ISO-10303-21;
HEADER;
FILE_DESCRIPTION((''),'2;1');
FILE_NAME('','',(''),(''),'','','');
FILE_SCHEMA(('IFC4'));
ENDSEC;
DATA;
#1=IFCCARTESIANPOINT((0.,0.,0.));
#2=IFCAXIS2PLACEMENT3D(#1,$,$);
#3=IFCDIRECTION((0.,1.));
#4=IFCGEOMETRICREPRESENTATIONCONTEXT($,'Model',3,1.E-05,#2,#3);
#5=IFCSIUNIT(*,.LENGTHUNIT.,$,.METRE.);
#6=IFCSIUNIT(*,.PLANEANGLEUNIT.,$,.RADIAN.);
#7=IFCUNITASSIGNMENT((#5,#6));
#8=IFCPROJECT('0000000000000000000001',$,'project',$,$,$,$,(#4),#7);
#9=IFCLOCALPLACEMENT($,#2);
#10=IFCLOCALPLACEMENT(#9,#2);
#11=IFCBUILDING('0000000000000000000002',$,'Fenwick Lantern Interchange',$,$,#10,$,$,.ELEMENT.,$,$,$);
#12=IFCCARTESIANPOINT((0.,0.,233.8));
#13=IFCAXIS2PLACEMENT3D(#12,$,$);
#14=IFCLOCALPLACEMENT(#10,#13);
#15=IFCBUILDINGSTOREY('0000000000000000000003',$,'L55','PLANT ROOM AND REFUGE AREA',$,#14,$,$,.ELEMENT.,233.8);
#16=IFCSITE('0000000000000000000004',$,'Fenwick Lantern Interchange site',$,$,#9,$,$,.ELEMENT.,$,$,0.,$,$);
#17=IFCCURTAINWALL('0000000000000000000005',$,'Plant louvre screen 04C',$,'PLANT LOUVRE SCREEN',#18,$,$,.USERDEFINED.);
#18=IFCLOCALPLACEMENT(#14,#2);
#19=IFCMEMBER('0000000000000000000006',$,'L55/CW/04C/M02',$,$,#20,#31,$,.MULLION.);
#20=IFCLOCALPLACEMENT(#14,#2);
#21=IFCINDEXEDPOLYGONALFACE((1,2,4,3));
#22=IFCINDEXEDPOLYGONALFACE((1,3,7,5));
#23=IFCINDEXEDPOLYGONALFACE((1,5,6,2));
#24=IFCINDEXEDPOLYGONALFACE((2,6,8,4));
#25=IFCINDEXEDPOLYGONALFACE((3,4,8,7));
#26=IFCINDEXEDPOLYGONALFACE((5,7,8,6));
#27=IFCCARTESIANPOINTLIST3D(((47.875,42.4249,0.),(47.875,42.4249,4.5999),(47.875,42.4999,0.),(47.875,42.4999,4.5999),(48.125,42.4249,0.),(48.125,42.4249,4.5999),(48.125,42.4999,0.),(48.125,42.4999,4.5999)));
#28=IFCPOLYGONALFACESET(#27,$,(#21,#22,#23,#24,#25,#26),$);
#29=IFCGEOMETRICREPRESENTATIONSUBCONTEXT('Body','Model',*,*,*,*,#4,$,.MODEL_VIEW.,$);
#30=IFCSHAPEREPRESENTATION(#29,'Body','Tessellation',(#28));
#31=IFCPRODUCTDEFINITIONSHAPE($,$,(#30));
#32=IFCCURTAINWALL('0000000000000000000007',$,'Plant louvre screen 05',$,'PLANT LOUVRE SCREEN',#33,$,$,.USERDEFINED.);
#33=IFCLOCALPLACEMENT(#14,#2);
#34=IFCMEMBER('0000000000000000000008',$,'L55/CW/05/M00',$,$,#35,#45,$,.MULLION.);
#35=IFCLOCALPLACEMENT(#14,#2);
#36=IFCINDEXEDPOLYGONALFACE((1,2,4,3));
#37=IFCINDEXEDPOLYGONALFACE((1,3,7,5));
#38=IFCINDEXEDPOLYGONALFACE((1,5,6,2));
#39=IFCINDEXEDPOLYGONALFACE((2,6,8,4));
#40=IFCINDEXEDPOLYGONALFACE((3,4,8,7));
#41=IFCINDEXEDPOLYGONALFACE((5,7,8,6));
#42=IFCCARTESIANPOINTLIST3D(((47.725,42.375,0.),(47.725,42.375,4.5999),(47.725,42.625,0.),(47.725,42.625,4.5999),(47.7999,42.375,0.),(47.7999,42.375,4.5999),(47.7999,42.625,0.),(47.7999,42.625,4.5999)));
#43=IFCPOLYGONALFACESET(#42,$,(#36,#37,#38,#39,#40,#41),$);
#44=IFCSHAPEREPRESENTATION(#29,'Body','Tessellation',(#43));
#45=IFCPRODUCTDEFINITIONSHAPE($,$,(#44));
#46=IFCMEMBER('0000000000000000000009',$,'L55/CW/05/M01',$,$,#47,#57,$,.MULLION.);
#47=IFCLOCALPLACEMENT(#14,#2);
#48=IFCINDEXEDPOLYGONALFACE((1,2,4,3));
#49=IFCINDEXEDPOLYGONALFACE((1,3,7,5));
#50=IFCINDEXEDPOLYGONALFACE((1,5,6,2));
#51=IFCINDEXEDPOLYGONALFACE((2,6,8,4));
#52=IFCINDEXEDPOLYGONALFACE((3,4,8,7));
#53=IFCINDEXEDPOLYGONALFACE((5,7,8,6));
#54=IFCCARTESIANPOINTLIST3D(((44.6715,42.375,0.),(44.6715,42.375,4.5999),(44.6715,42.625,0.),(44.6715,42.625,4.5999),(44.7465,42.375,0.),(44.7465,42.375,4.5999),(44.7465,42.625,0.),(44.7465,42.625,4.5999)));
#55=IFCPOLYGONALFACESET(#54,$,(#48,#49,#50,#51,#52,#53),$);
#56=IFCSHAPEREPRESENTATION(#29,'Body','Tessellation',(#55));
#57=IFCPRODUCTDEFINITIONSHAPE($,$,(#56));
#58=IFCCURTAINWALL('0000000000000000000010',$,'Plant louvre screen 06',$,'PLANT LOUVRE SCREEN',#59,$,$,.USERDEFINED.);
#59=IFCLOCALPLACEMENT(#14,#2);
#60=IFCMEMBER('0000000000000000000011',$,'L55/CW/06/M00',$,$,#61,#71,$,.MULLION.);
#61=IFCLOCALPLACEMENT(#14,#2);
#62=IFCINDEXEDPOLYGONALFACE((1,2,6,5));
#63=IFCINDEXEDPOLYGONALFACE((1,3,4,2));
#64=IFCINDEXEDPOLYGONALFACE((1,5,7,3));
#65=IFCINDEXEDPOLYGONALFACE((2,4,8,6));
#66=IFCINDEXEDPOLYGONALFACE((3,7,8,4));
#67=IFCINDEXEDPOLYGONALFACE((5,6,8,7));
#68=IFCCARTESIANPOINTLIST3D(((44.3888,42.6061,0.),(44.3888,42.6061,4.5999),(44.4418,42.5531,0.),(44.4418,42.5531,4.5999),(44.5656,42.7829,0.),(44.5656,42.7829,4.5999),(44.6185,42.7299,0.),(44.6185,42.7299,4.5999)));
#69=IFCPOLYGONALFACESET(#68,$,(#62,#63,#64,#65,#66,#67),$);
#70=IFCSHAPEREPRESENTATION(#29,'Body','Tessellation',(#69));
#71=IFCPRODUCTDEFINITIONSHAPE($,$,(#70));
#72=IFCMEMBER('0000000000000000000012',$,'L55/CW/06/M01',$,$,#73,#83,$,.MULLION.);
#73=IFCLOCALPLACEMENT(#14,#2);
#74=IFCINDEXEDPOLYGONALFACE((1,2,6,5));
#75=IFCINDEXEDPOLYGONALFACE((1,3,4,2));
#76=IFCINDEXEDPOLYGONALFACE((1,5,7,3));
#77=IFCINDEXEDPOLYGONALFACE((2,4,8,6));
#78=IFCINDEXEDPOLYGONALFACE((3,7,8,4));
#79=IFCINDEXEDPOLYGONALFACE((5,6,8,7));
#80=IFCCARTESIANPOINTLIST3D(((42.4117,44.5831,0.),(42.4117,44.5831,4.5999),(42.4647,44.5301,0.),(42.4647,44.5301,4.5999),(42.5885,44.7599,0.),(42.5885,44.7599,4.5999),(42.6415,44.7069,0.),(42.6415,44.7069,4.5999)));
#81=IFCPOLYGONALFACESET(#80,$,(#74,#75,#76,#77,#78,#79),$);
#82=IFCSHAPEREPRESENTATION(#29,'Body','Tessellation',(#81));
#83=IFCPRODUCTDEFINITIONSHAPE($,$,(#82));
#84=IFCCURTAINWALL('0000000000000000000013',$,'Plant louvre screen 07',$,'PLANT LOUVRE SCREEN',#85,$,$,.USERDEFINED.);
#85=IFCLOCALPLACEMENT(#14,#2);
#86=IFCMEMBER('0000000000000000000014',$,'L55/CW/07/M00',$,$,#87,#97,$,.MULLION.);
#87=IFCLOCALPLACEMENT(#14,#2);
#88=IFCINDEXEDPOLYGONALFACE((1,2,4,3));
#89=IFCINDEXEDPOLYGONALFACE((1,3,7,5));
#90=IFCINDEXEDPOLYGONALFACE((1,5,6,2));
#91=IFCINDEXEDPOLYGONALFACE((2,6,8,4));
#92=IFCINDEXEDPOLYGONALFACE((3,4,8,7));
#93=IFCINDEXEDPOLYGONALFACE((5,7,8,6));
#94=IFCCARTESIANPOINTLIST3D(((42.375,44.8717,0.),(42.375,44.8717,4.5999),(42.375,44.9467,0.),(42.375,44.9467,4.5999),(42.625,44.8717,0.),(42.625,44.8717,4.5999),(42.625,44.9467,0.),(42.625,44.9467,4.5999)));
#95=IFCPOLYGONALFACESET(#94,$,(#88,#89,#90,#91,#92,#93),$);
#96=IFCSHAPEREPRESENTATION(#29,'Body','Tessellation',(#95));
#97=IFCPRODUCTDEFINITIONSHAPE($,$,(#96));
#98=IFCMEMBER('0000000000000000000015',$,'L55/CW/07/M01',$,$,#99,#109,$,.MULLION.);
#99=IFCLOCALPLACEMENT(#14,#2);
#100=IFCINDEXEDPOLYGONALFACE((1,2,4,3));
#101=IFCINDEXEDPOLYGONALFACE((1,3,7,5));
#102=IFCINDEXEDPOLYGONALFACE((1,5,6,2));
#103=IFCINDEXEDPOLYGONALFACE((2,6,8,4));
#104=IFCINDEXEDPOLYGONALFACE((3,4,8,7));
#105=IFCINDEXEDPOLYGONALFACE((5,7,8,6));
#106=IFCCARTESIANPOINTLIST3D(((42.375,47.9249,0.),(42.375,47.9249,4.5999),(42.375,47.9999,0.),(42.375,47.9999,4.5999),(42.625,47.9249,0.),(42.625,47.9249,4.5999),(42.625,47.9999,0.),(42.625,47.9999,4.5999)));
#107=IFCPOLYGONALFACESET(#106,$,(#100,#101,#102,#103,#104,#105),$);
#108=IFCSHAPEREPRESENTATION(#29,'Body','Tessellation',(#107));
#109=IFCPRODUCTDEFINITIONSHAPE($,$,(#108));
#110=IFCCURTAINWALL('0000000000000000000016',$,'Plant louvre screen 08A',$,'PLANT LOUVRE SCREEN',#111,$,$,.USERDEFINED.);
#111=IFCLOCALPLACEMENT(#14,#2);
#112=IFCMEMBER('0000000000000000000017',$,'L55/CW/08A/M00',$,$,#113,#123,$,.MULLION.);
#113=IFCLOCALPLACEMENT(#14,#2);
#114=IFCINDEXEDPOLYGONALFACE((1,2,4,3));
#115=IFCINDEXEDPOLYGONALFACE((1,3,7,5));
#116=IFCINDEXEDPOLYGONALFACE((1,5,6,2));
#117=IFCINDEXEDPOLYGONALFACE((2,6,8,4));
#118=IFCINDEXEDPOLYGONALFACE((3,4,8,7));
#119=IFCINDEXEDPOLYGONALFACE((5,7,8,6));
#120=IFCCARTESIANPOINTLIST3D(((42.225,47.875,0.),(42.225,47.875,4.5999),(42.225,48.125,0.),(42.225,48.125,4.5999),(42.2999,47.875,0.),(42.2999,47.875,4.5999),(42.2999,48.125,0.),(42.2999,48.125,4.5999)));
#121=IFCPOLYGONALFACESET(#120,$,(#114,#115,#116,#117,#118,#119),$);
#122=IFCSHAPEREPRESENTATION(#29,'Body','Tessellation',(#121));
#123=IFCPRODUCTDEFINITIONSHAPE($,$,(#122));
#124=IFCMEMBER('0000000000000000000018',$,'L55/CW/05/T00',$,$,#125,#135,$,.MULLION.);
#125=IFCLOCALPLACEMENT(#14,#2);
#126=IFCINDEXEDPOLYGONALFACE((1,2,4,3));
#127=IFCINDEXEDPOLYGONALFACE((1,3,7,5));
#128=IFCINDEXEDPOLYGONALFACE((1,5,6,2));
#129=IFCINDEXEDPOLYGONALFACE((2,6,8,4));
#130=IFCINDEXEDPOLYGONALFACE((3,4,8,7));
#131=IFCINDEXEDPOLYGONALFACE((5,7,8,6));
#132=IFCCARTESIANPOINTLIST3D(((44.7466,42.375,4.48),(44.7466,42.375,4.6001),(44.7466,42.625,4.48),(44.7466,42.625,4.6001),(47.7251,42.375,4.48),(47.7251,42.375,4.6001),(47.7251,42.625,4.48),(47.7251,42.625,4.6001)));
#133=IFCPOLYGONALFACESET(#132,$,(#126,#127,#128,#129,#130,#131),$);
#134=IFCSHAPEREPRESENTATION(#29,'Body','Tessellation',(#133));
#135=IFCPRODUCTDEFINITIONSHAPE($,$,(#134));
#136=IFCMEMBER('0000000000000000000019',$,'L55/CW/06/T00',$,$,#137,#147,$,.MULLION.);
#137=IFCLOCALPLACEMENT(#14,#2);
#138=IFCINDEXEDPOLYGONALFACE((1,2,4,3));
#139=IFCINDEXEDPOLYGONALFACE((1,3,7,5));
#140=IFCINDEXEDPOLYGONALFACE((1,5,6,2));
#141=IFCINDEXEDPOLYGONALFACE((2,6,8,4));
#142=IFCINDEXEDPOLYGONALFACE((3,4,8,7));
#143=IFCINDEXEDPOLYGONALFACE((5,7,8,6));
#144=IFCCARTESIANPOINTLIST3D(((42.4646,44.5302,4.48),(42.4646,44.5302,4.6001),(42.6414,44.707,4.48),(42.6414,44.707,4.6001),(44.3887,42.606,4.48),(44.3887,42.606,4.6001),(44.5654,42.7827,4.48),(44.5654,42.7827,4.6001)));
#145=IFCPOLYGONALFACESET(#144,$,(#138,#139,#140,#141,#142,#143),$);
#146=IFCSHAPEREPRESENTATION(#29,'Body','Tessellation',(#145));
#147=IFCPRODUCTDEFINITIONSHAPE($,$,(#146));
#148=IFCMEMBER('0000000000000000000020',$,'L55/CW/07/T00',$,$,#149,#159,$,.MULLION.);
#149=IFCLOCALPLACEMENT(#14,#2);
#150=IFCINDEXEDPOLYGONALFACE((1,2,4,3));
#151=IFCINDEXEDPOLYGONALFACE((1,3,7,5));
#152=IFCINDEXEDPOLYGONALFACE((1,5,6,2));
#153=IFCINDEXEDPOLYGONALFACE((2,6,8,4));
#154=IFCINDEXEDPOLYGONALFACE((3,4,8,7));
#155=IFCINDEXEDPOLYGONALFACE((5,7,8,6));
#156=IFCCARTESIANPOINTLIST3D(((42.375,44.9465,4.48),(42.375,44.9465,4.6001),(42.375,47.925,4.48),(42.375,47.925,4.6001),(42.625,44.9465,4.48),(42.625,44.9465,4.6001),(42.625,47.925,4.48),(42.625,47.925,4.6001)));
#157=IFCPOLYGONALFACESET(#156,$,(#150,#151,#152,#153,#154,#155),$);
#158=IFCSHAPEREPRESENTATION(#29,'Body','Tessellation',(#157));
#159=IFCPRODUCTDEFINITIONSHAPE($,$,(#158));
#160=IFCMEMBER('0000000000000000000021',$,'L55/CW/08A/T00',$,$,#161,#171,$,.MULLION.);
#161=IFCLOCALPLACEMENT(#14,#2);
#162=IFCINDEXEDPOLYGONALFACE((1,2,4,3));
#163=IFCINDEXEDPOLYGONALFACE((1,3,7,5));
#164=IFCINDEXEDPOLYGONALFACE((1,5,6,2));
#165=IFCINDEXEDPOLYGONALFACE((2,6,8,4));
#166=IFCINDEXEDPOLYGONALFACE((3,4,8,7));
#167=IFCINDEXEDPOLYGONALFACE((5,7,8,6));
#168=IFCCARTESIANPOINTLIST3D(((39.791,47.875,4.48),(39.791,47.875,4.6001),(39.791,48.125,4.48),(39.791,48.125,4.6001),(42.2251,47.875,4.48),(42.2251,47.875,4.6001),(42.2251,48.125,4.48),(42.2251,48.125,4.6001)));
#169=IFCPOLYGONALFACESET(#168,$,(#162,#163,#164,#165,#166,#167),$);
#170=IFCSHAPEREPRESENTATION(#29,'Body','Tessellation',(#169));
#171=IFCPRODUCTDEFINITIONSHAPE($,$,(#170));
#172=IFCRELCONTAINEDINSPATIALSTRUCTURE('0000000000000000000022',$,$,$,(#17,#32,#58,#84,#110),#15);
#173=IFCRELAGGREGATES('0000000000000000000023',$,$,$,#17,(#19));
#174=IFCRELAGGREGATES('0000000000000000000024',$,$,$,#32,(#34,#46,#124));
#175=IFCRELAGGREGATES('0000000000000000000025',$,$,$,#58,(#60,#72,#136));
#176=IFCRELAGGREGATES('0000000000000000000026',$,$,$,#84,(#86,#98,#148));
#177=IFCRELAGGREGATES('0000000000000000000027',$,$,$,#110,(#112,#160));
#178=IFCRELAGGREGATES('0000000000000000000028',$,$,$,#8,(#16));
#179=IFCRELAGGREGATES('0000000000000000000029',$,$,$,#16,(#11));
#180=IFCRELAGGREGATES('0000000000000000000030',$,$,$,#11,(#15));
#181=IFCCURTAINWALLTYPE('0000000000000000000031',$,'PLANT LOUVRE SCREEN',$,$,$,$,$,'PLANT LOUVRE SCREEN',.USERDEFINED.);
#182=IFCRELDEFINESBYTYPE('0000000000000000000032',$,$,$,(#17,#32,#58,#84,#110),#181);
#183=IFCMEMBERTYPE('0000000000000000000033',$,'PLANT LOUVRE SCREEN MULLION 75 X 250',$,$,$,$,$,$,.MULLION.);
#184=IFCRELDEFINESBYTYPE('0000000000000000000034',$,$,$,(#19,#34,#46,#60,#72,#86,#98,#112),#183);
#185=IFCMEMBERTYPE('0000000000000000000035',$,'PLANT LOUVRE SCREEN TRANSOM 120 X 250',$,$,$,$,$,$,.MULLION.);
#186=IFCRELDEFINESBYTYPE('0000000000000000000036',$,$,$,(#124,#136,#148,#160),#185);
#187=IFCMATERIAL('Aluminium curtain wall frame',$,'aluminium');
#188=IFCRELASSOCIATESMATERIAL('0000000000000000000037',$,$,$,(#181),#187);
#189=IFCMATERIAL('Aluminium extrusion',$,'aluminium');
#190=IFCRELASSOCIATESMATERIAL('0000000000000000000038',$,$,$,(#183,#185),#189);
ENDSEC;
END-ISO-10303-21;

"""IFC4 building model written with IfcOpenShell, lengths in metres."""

from ifc_helpers import new_model, si_unit, direction, frame, origin, origin_2d, place, context, subcontext, project, spatial, rectangle, extrude, material, material_profile, profile_set, type_object, element, aggregate, save


model = new_model("IFC4")

# Units and contexts
model_context = context("Model", 3, precision=1e-05, world=origin(), true_north=direction((0.0, 1.0)))
body_context = subcontext(model_context, "Body", "Model", "MODEL_VIEW")
ifc_project = project(units=[si_unit("LENGTHUNIT", "METRE"), si_unit("PLANEANGLEUNIT", "RADIAN")], contexts=[model_context])

# Site, building, storey
site_placement = place(None, origin())
site = spatial("IfcSite", under=ifc_project, at=site_placement, Name="Fenwick Lantern Interchange site", CompositionType="ELEMENT", RefElevation=0.0)
building_placement = place(site_placement, origin())
building = spatial("IfcBuilding", under=site, at=building_placement, Name="Fenwick Lantern Interchange", CompositionType="ELEMENT")
storey_placement = place(building_placement, frame((0.0, 0.0, 233.8)))
storey = spatial("IfcBuildingStorey", under=building, at=storey_placement, Name="L55", Description="PLANT ROOM AND REFUGE AREA", CompositionType="ELEMENT", Elevation=233.8)

# Curtain wall, member
ifc_material_1 = material(Name="Aluminium curtain wall frame", Category="aluminium")
curtain_wall_type = type_object("IfcCurtainWallType", Name="PLANT LOUVRE SCREEN", ElementType="PLANT LOUVRE SCREEN", PredefinedType="USERDEFINED", material=ifc_material_1)
curtain_wall_1_placement = place(storey_placement, origin())
curtain_wall_1 = element("IfcCurtainWall", 1, at=curtain_wall_1_placement, inside=storey, type_object=curtain_wall_type, Name="Plant louvre screen 04C", ObjectType="PLANT LOUVRE SCREEN", PredefinedType="USERDEFINED")
ifc_material_2 = material(Name="Aluminium extrusion", Category="aluminium")
ifc_material_profile_1 = material_profile(ifc_material_2, rectangle(XDim=0.25, YDim=0.075, at=origin_2d()), Name="PLANT LOUVRE SCREEN MULLION 75 X 250")
ifc_profile_set_1 = profile_set([ifc_material_profile_1], Name="Aluminium extrusion")
member_type_1 = type_object("IfcMemberType", Name="PLANT LOUVRE SCREEN MULLION 75 X 250", PredefinedType="MULLION", material=ifc_profile_set_1)
member_1_placement = place(storey_placement, frame((48.0, 42.4624, 0.0), z_axis=(0.0, 0.0, 1.0), x_axis=(-1.0, 0.0, 0.0)))
member_1 = element("IfcMember", 2, at=member_1_placement, type_object=member_type_1, Name="L55/CW/04C/M02", PredefinedType="MULLION", context=body_context, shape_type="SweptSolid", body=[
    extrude(rectangle(XDim=0.25, YDim=0.075, at=origin_2d()), origin(), (0.0, 0.0, 1.0), 4.5999),
])

# Curtain walls, members
curtain_wall_2_placement = place(storey_placement, origin())
curtain_wall_2 = element("IfcCurtainWall", 3, at=curtain_wall_2_placement, inside=storey, type_object=curtain_wall_type, Name="Plant louvre screen 05", ObjectType="PLANT LOUVRE SCREEN", PredefinedType="USERDEFINED")
member_2_placement = place(storey_placement, frame((47.7625, 42.5, 0.0), z_axis=(0.0, 0.0, 1.0), x_axis=(0.0, -1.0, 0.0)))
member_2 = element("IfcMember", 4, at=member_2_placement, type_object=member_type_1, Name="L55/CW/05/M00", PredefinedType="MULLION", context=body_context, shape_type="SweptSolid", body=[
    extrude(rectangle(XDim=0.25, YDim=0.075, at=origin_2d()), origin(), (0.0, 0.0, 1.0), 4.5999),
])
member_3_placement = place(storey_placement, frame((44.709, 42.5, 0.0), z_axis=(0.0, 0.0, 1.0), x_axis=(0.0, -1.0, 0.0)))
member_3 = element("IfcMember", 5, at=member_3_placement, type_object=member_type_1, Name="L55/CW/05/M01", PredefinedType="MULLION", context=body_context, shape_type="SweptSolid", body=[
    extrude(rectangle(XDim=0.25, YDim=0.075, at=origin_2d()), origin(), (0.0, 0.0, 1.0), 4.5999),
])
curtain_wall_3_placement = place(storey_placement, origin())
curtain_wall_3 = element("IfcCurtainWall", 6, at=curtain_wall_3_placement, inside=storey, type_object=curtain_wall_type, Name="Plant louvre screen 06", ObjectType="PLANT LOUVRE SCREEN", PredefinedType="USERDEFINED")
member_4_placement = place(storey_placement, frame((44.5037, 42.668, 0.0), z_axis=(0.0, 0.0, 1.0), x_axis=(-0.707107, -0.707107, 0.0)))
member_4 = element("IfcMember", 7, at=member_4_placement, type_object=member_type_1, Name="L55/CW/06/M00", PredefinedType="MULLION", context=body_context, shape_type="SweptSolid", body=[
    extrude(rectangle(XDim=0.25, YDim=0.075, at=origin_2d()), origin(), (0.0, 0.0, 1.0), 4.5999),
])
member_5_placement = place(storey_placement, frame((42.5266, 44.645, 0.0), z_axis=(0.0, 0.0, 1.0), x_axis=(-0.707107, -0.707107, 0.0)))
member_5 = element("IfcMember", 8, at=member_5_placement, type_object=member_type_1, Name="L55/CW/06/M01", PredefinedType="MULLION", context=body_context, shape_type="SweptSolid", body=[
    extrude(rectangle(XDim=0.25, YDim=0.075, at=origin_2d()), origin(), (0.0, 0.0, 1.0), 4.5999),
])
curtain_wall_4_placement = place(storey_placement, origin())
curtain_wall_4 = element("IfcCurtainWall", 9, at=curtain_wall_4_placement, inside=storey, type_object=curtain_wall_type, Name="Plant louvre screen 07", ObjectType="PLANT LOUVRE SCREEN", PredefinedType="USERDEFINED")
member_6_placement = place(storey_placement, frame((42.5, 44.9092, 0.0), z_axis=(0.0, 0.0, 1.0), x_axis=(-1.0, 0.0, 0.0)))
member_6 = element("IfcMember", 10, at=member_6_placement, type_object=member_type_1, Name="L55/CW/07/M00", PredefinedType="MULLION", context=body_context, shape_type="SweptSolid", body=[
    extrude(rectangle(XDim=0.25, YDim=0.075, at=origin_2d()), origin(), (0.0, 0.0, 1.0), 4.5999),
])
member_7_placement = place(storey_placement, frame((42.5, 47.9624, 0.0), z_axis=(0.0, 0.0, 1.0), x_axis=(-1.0, 0.0, 0.0)))
member_7 = element("IfcMember", 11, at=member_7_placement, type_object=member_type_1, Name="L55/CW/07/M01", PredefinedType="MULLION", context=body_context, shape_type="SweptSolid", body=[
    extrude(rectangle(XDim=0.25, YDim=0.075, at=origin_2d()), origin(), (0.0, 0.0, 1.0), 4.5999),
])

# Curtain wall, member
curtain_wall_5_placement = place(storey_placement, origin())
curtain_wall_5 = element("IfcCurtainWall", 12, at=curtain_wall_5_placement, inside=storey, type_object=curtain_wall_type, Name="Plant louvre screen 08A", ObjectType="PLANT LOUVRE SCREEN", PredefinedType="USERDEFINED")
member_8_placement = place(storey_placement, frame((42.2625, 48.0, 0.0), z_axis=(0.0, 0.0, 1.0), x_axis=(0.0, -1.0, 0.0)))
member_8 = element("IfcMember", 13, at=member_8_placement, type_object=member_type_1, Name="L55/CW/08A/M00", PredefinedType="MULLION", context=body_context, shape_type="SweptSolid", body=[
    extrude(rectangle(XDim=0.25, YDim=0.075, at=origin_2d()), origin(), (0.0, 0.0, 1.0), 4.5999),
])

# Members
ifc_material_profile_2 = material_profile(ifc_material_2, rectangle(XDim=0.25, YDim=0.1201, at=origin_2d()), Name="PLANT LOUVRE SCREEN TRANSOM 120 X 250")
ifc_profile_set_2 = profile_set([ifc_material_profile_2], Name="Aluminium extrusion")
member_type_2 = type_object("IfcMemberType", Name="PLANT LOUVRE SCREEN TRANSOM 120 X 250", PredefinedType="MULLION", material=ifc_profile_set_2)
member_9_placement = place(storey_placement, frame((47.7251, 42.5, 4.54), z_axis=(-1.0, 0.0, 0.0), x_axis=(0.0, -1.0, 0.0)))
member_9 = element("IfcMember", 14, at=member_9_placement, type_object=member_type_2, Name="L55/CW/05/T00", PredefinedType="MULLION", context=body_context, shape_type="SweptSolid", body=[
    extrude(rectangle(XDim=0.25, YDim=0.1201, at=origin_2d()), origin(), (0.0, 0.0, 1.0), 2.9785),
])
member_10_placement = place(storey_placement, frame((44.4771, 42.6943, 4.54), z_axis=(-0.707062, 0.707152, 0.0), x_axis=(-0.707152, -0.707062, 0.0)))
member_10 = element("IfcMember", 15, at=member_10_placement, type_object=member_type_2, Name="L55/CW/06/T00", PredefinedType="MULLION", context=body_context, shape_type="SweptSolid", body=[
    extrude(rectangle(XDim=0.25, YDim=0.1201, at=origin_2d()), origin(), (0.0, 0.0, 1.0), 2.7212),
])
member_11_placement = place(storey_placement, frame((42.5, 44.9465, 4.54), z_axis=(0.0, 1.0, 0.0), x_axis=(-1.0, 0.0, 0.0)))
member_11 = element("IfcMember", 16, at=member_11_placement, type_object=member_type_2, Name="L55/CW/07/T00", PredefinedType="MULLION", context=body_context, shape_type="SweptSolid", body=[
    extrude(rectangle(XDim=0.25, YDim=0.1201, at=origin_2d()), origin(), (0.0, 0.0, 1.0), 2.9785),
])
member_12_placement = place(storey_placement, frame((42.2251, 48.0, 4.54), z_axis=(-1.0, 0.0, 0.0), x_axis=(0.0, -1.0, 0.0)))
member_12 = element("IfcMember", 17, at=member_12_placement, type_object=member_type_2, Name="L55/CW/08A/T00", PredefinedType="MULLION", context=body_context, shape_type="SweptSolid", body=[
    extrude(rectangle(XDim=0.25, YDim=0.1201, at=origin_2d()), origin(), (0.0, 0.0, 1.0), 2.4341),
])

aggregate(curtain_wall_1, [member_1])
aggregate(curtain_wall_2, [member_2, member_3, member_9])
aggregate(curtain_wall_3, [member_4, member_5, member_10])
aggregate(curtain_wall_4, [member_6, member_7, member_11])
aggregate(curtain_wall_5, [member_8, member_12])

save(model, "model.ifc")
